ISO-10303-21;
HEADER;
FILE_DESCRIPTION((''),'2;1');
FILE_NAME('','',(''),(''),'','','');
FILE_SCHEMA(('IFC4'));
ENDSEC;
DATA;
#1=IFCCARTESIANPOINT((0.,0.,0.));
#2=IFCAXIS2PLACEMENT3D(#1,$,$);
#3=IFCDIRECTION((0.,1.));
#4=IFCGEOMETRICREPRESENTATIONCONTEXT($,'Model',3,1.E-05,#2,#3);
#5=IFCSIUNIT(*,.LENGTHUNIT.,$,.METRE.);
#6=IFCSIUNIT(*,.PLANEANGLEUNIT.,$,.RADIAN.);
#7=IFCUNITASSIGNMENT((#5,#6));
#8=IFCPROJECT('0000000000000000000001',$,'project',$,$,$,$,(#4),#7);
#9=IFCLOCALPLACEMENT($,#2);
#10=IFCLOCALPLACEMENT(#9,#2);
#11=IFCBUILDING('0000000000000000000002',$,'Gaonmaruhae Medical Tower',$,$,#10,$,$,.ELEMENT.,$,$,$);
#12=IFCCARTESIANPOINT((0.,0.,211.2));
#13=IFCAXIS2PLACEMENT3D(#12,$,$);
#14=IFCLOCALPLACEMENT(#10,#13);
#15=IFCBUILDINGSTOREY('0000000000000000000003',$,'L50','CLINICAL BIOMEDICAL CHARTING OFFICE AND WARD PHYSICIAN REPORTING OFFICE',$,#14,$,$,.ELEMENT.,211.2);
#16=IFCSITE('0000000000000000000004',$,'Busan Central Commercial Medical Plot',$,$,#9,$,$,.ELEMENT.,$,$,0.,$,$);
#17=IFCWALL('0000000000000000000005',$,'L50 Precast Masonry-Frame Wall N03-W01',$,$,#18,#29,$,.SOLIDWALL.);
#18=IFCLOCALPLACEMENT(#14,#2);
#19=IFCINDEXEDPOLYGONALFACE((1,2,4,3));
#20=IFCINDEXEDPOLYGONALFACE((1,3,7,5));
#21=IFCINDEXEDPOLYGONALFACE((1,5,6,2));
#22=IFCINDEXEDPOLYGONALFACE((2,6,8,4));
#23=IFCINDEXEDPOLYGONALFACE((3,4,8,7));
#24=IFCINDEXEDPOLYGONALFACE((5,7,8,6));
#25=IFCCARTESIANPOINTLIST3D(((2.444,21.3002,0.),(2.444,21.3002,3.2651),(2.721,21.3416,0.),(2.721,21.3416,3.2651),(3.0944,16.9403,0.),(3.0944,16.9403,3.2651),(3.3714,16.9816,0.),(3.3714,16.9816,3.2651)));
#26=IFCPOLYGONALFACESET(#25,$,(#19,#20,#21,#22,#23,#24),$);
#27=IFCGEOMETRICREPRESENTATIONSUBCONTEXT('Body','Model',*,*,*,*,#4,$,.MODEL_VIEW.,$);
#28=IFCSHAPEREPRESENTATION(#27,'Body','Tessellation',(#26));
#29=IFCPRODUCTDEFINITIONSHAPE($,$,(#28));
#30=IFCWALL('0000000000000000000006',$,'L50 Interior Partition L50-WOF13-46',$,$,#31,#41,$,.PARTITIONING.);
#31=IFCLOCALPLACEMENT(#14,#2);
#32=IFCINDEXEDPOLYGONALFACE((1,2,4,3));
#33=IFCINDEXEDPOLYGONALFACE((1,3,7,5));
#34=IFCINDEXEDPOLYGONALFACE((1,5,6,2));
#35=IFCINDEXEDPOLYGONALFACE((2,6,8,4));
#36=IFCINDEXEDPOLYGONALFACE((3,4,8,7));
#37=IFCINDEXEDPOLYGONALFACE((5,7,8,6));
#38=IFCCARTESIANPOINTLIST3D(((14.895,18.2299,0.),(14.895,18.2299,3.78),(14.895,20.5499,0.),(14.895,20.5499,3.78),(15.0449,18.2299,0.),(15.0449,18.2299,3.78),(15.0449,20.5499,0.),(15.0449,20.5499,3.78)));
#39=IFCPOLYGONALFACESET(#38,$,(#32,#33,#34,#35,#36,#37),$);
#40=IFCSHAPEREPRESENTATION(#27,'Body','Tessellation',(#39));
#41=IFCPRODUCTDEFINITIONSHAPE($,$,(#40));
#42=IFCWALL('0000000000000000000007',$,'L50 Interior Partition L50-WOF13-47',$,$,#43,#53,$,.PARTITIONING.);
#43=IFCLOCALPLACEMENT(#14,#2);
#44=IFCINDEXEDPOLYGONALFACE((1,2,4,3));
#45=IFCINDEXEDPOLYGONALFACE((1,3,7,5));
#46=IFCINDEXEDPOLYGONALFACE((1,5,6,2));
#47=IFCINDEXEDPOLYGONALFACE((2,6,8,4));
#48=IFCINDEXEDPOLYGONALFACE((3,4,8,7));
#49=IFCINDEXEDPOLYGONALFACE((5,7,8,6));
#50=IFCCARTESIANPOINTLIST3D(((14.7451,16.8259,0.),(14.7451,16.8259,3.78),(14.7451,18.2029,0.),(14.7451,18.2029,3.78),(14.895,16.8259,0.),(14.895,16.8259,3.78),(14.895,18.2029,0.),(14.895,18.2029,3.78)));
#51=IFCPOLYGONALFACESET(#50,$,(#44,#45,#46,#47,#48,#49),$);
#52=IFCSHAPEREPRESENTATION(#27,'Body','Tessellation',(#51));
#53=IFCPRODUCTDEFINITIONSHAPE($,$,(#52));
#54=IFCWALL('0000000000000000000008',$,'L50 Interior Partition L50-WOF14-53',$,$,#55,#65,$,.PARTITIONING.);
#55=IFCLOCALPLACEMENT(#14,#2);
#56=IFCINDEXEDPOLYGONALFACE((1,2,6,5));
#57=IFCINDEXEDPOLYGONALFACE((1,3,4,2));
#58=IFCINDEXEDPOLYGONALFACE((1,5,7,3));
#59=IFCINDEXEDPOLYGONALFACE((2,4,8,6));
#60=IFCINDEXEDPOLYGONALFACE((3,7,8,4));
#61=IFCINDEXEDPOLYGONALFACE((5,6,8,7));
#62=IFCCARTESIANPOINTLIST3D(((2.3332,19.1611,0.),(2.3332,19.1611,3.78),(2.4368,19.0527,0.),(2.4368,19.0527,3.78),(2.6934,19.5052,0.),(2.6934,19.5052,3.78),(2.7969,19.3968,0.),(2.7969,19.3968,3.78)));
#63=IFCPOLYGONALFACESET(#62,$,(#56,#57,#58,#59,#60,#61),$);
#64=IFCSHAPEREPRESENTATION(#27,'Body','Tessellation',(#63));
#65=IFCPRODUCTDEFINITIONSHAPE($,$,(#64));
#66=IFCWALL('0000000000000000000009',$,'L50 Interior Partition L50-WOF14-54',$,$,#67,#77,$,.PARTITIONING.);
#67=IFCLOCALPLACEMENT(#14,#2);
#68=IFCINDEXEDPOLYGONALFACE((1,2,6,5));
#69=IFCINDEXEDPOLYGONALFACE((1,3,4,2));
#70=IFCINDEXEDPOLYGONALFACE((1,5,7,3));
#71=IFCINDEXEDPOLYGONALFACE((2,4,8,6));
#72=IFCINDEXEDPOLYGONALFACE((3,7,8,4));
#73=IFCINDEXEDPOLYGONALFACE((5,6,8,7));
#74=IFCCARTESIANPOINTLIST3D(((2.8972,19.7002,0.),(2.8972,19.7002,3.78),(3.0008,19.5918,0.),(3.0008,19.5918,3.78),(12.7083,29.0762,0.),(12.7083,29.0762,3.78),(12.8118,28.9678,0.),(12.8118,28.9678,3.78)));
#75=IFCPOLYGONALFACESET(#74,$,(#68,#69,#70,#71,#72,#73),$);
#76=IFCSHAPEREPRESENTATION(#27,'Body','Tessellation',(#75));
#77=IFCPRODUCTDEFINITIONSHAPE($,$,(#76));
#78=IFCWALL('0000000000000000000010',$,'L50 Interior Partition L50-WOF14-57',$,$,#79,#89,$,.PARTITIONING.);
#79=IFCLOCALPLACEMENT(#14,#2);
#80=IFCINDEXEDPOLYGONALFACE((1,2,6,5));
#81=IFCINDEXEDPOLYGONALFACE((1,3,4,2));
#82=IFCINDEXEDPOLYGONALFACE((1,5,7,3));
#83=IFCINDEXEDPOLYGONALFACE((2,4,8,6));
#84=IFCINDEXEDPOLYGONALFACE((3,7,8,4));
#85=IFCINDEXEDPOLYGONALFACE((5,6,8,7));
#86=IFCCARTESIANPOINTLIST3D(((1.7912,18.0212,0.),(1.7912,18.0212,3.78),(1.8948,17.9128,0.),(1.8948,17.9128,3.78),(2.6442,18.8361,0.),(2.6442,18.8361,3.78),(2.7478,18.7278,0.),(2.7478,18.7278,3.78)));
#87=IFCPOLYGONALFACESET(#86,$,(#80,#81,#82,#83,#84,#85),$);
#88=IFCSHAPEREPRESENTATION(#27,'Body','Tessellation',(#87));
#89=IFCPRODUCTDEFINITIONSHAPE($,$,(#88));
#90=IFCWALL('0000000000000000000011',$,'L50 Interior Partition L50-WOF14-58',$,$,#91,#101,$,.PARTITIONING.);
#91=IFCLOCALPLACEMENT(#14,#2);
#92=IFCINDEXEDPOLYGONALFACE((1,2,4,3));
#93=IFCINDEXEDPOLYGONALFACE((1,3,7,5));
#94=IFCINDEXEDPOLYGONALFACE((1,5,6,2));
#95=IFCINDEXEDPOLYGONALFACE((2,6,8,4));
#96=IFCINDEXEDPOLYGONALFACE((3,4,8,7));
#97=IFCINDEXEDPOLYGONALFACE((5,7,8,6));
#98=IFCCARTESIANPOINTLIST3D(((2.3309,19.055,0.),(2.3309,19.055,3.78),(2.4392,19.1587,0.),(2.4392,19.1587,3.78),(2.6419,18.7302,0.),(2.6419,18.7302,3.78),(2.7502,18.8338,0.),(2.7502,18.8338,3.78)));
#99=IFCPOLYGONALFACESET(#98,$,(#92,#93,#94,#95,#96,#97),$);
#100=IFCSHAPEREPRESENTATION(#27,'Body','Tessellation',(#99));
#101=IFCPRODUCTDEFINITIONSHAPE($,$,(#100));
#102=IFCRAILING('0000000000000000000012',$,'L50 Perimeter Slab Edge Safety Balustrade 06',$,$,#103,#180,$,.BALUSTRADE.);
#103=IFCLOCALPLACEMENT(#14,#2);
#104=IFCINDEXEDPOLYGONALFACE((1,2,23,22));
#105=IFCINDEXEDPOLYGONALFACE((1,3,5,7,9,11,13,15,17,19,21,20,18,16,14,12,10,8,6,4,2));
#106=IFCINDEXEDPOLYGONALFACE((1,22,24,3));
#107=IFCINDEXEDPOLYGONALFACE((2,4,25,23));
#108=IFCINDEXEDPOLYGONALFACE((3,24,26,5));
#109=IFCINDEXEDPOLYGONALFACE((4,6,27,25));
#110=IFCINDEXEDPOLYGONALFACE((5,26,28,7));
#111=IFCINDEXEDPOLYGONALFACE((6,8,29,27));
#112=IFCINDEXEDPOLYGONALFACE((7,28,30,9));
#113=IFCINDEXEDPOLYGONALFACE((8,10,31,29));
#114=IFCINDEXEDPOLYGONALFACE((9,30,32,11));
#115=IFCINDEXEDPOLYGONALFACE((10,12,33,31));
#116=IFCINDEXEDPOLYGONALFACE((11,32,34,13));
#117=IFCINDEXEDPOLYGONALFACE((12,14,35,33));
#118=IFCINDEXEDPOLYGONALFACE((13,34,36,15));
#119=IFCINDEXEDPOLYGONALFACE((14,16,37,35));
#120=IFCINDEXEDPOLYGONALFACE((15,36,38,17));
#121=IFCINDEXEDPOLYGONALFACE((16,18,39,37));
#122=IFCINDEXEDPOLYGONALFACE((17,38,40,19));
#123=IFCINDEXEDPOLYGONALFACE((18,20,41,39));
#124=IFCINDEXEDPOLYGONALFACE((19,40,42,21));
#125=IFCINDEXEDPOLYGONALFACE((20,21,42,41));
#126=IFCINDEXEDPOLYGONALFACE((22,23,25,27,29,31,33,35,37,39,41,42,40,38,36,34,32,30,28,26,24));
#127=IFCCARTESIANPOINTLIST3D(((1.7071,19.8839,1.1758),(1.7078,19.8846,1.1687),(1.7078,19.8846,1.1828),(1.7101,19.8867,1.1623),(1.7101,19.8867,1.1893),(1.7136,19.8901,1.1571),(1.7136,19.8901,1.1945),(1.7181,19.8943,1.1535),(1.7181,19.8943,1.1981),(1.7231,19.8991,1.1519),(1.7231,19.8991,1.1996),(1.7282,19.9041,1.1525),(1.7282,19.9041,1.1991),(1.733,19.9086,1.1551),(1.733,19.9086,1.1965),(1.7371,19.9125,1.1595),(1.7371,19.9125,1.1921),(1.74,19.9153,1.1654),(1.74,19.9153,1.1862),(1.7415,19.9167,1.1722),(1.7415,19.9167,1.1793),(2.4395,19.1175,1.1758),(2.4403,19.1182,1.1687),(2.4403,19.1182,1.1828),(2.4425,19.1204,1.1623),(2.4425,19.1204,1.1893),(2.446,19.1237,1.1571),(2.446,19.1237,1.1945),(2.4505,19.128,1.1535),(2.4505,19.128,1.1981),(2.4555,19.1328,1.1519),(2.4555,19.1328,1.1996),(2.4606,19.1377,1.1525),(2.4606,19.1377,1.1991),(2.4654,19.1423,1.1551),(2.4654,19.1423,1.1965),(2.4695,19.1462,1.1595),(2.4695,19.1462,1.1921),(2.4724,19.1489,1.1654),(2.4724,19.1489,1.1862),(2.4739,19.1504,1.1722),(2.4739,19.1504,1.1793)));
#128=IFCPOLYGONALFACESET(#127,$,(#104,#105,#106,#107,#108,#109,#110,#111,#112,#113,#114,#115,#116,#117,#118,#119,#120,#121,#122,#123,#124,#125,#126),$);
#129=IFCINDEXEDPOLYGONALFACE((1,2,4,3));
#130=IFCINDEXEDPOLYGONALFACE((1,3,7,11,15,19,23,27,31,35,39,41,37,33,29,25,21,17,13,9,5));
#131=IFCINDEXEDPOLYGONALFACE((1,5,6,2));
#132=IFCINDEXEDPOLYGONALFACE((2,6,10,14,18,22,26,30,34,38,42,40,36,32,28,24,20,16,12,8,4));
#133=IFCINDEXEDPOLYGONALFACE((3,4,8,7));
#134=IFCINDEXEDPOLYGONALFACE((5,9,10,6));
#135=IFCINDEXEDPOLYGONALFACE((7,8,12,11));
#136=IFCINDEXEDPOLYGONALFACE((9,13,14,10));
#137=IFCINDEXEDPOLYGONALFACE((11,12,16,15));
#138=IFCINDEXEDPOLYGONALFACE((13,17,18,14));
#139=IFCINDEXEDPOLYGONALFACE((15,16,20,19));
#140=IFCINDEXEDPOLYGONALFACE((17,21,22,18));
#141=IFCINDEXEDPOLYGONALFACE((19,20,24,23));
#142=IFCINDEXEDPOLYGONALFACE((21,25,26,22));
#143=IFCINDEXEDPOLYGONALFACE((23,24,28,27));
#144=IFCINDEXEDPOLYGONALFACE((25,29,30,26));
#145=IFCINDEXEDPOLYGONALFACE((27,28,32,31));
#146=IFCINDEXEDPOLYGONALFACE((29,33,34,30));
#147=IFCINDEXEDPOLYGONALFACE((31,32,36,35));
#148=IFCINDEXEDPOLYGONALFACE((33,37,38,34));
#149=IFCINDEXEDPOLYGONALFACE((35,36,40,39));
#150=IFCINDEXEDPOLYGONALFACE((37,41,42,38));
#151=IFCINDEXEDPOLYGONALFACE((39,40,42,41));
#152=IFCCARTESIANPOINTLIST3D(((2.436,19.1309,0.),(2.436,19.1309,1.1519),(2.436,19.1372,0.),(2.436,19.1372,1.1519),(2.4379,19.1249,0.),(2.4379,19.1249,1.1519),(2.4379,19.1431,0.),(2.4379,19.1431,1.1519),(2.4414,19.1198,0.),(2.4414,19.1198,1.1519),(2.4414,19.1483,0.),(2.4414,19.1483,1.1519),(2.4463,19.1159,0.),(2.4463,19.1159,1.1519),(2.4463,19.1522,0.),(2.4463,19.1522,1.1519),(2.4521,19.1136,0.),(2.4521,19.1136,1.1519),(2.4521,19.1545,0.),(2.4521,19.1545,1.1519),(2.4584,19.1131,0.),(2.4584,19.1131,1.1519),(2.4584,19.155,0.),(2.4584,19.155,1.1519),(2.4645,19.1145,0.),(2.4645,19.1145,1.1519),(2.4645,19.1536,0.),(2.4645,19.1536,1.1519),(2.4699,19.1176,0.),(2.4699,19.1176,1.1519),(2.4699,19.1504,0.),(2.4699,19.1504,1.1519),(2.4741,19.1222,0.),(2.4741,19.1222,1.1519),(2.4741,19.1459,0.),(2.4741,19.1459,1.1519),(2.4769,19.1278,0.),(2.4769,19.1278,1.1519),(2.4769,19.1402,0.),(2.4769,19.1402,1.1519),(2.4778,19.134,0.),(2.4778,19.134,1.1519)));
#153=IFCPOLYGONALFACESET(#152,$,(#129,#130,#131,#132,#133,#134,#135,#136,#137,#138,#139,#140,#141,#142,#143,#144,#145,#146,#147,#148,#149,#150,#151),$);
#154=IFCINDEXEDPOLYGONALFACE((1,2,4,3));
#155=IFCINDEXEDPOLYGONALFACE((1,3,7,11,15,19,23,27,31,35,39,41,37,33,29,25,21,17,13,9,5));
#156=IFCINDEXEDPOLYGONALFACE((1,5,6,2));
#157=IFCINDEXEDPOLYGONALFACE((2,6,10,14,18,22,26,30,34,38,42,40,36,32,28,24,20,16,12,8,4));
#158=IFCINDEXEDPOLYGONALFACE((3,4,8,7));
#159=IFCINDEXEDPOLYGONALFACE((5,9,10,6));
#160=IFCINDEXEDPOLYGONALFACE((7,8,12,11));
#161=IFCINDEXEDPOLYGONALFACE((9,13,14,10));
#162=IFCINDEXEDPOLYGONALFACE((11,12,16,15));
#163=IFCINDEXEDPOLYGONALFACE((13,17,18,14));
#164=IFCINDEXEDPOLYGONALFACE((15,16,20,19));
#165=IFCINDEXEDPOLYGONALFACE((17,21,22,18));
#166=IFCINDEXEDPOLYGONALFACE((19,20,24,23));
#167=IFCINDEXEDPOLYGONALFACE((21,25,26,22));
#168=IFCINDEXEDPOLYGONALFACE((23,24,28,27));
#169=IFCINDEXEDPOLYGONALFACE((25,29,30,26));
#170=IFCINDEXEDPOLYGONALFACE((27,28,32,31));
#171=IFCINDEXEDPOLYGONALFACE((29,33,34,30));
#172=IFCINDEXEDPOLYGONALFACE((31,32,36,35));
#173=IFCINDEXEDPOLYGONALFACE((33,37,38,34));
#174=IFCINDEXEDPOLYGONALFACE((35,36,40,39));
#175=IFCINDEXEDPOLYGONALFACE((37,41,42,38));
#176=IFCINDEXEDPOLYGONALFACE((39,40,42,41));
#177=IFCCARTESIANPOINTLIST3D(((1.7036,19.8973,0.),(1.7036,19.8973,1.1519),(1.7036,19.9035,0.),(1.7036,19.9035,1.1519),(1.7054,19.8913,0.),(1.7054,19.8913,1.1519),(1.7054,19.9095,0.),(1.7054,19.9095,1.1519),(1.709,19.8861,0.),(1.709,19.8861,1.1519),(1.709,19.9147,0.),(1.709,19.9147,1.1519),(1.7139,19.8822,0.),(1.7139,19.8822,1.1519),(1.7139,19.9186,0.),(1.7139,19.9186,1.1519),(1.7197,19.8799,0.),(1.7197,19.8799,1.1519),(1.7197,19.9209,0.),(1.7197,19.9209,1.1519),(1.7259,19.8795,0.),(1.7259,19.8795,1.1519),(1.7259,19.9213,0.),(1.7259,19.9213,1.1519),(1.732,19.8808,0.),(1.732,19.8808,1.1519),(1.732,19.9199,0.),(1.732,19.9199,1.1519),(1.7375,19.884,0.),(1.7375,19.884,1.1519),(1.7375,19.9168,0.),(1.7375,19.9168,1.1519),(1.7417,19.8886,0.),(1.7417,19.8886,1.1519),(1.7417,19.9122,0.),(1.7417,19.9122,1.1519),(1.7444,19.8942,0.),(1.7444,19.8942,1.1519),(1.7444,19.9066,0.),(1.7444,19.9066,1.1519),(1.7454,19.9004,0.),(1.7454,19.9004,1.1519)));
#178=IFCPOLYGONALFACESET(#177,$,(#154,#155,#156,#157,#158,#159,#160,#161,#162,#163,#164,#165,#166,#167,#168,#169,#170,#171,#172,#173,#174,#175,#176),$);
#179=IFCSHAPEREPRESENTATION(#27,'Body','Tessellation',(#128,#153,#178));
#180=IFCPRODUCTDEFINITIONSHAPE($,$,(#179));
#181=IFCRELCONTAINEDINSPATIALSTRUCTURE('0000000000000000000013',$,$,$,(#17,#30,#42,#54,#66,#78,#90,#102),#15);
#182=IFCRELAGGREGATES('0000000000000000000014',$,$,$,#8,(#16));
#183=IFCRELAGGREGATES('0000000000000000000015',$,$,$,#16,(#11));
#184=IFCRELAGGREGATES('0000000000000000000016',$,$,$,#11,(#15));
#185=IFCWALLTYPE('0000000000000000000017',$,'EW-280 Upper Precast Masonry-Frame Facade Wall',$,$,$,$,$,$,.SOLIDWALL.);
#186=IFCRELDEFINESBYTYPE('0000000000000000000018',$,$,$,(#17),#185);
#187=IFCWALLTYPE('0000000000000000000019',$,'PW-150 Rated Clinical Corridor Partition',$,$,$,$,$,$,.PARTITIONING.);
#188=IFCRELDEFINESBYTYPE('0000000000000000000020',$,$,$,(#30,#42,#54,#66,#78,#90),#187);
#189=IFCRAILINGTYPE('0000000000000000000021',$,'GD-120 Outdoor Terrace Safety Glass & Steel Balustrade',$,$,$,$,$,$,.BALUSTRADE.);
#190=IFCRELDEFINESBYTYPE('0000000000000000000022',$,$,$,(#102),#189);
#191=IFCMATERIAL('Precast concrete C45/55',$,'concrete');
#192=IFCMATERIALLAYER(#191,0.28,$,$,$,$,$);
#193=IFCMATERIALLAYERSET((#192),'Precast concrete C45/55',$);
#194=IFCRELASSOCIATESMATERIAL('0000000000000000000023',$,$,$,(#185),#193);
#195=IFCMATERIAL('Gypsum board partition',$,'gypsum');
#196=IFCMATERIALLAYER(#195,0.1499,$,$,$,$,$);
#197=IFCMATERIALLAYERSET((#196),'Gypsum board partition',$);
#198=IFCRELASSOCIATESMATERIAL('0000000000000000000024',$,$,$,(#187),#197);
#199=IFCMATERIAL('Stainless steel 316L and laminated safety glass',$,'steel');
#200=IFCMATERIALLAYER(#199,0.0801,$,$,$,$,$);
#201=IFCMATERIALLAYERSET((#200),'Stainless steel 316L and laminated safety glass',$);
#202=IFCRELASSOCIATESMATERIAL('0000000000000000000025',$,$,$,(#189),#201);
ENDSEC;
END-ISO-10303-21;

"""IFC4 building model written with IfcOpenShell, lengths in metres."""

from ifc_helpers import new_model, si_unit, direction, frame, frame_2d, origin, origin_2d, place, context, subcontext, project, spatial, rectangle, circle, extrude, material, layer, layer_set, type_object, element, save


model = new_model("IFC4")

# Units and contexts
model_context = context("Model", 3, precision=1e-05, world=origin(), true_north=direction((0.0, 1.0)))
body_context = subcontext(model_context, "Body", "Model", "MODEL_VIEW")
ifc_project = project(units=[si_unit("LENGTHUNIT", "METRE"), si_unit("PLANEANGLEUNIT", "RADIAN")], contexts=[model_context])

# Site, building, storey
site_placement = place(None, origin())
site = spatial("IfcSite", under=ifc_project, at=site_placement, Name="Busan Central Commercial Medical Plot", CompositionType="ELEMENT", RefElevation=0.0)
building_placement = place(site_placement, origin())
building = spatial("IfcBuilding", under=site, at=building_placement, Name="Gaonmaruhae Medical Tower", CompositionType="ELEMENT")
storey_placement = place(building_placement, frame((0.0, 0.0, 211.2)))
storey = spatial("IfcBuildingStorey", under=building, at=storey_placement, Name="L50", Description="CLINICAL BIOMEDICAL CHARTING OFFICE AND WARD PHYSICIAN REPORTING OFFICE", CompositionType="ELEMENT", Elevation=211.2)

# Walls
ifc_material_1 = material(Name="Precast concrete C45/55", Category="concrete")
ifc_layer_1 = layer(ifc_material_1, 0.28)
ifc_layer_set_1 = layer_set([ifc_layer_1], Name="Precast concrete C45/55")
wall_type_1 = type_object("IfcWallType", Name="EW-280 Upper Precast Masonry-Frame Facade Wall", PredefinedType="SOLIDWALL", material=ifc_layer_set_1)
wall_1_placement = place(storey_placement, frame((3.2329, 16.9609, 0.0), z_axis=(0.0, 0.0, 1.0), x_axis=(-0.147544, 0.989055, 0.0)))
element("IfcWall", 1, at=wall_1_placement, inside=storey, type_object=wall_type_1, Name="L50 Precast Masonry-Frame Wall N03-W01", PredefinedType="SOLIDWALL", context=body_context, shape_type="SweptSolid", body=[
    extrude(rectangle(XDim=4.4082, YDim=0.28, at=frame_2d((2.2041, 0.0))), origin(), (0.0, 0.0, 1.0), 3.2651),
])
ifc_material_2 = material(Name="Gypsum board partition", Category="gypsum")
ifc_layer_2 = layer(ifc_material_2, 0.1499)
ifc_layer_set_2 = layer_set([ifc_layer_2], Name="Gypsum board partition")
wall_type_2 = type_object("IfcWallType", Name="PW-150 Rated Clinical Corridor Partition", PredefinedType="PARTITIONING", material=ifc_layer_set_2)
wall_2_placement = place(storey_placement, frame((14.97, 20.55, 0.0), z_axis=(0.0, 0.0, 1.0), x_axis=(0.0, -1.0, 0.0)))
element("IfcWall", 2, at=wall_2_placement, inside=storey, type_object=wall_type_2, Name="L50 Interior Partition L50-WOF13-46", PredefinedType="PARTITIONING", context=body_context, shape_type="SweptSolid", body=[
    extrude(rectangle(XDim=2.3201, YDim=0.1499, at=frame_2d((1.1602, 0.0))), origin(), (0.0, 0.0, 1.0), 3.78),
])
wall_3_placement = place(storey_placement, frame((14.8201, 18.2029, 0.0), z_axis=(0.0, 0.0, 1.0), x_axis=(0.0, -1.0, 0.0)))
element("IfcWall", 3, at=wall_3_placement, inside=storey, type_object=wall_type_2, Name="L50 Interior Partition L50-WOF13-47", PredefinedType="PARTITIONING", context=body_context, shape_type="SweptSolid", body=[
    extrude(rectangle(XDim=1.377, YDim=0.1499, at=frame_2d((0.6885, 0.0))), origin(), (0.0, 0.0, 1.0), 3.78),
])
wall_4_placement = place(storey_placement, frame((2.385, 19.1069, 0.0), z_axis=(0.0, 0.0, 1.0), x_axis=(0.7231, 0.690744, 0.0)))
element("IfcWall", 4, at=wall_4_placement, inside=storey, type_object=wall_type_2, Name="L50 Interior Partition L50-WOF14-53", PredefinedType="PARTITIONING", context=body_context, shape_type="SweptSolid", body=[
    extrude(rectangle(XDim=0.498, YDim=0.1499, at=frame_2d((0.249, 0.0))), origin(), (0.0, 0.0, 1.0), 3.78),
])
wall_5_placement = place(storey_placement, frame((2.949, 19.646, 0.0), z_axis=(0.0, 0.0, 1.0), x_axis=(0.722954, 0.690896, 0.0)))
element("IfcWall", 5, at=wall_5_placement, inside=storey, type_object=wall_type_2, Name="L50 Interior Partition L50-WOF14-54", PredefinedType="PARTITIONING", context=body_context, shape_type="SweptSolid", body=[
    extrude(rectangle(XDim=13.5708, YDim=0.1499, at=frame_2d((6.7854, 0.0))), origin(), (0.0, 0.0, 1.0), 3.78),
])
wall_6_placement = place(storey_placement, frame((1.843, 17.967, 0.0), z_axis=(0.0, 0.0, 1.0), x_axis=(0.723064, 0.690781, 0.0)))
element("IfcWall", 6, at=wall_6_placement, inside=storey, type_object=wall_type_2, Name="L50 Interior Partition L50-WOF14-57", PredefinedType="PARTITIONING", context=body_context, shape_type="SweptSolid", body=[
    extrude(rectangle(XDim=1.1797, YDim=0.1499, at=frame_2d((0.5898, 0.0))), origin(), (0.0, 0.0, 1.0), 3.78),
])
wall_7_placement = place(storey_placement, frame((2.696, 18.782, 0.0), z_axis=(0.0, 0.0, 1.0), x_axis=(-0.691469, 0.722406, 0.0)))
element("IfcWall", 7, at=wall_7_placement, inside=storey, type_object=wall_type_2, Name="L50 Interior Partition L50-WOF14-58", PredefinedType="PARTITIONING", context=body_context, shape_type="SweptSolid", body=[
    extrude(rectangle(XDim=0.4497, YDim=0.1499, at=frame_2d((0.2249, 0.0))), origin(), (0.0, 0.0, 1.0), 3.78),
])

# Railing
ifc_material_3 = material(Name="Stainless steel 316L and laminated safety glass", Category="steel")
ifc_layer_3 = layer(ifc_material_3, 0.0801)
ifc_layer_set_3 = layer_set([ifc_layer_3], Name="Stainless steel 316L and laminated safety glass")
railing_type = type_object("IfcRailingType", Name="GD-120 Outdoor Terrace Safety Glass & Steel Balustrade", PredefinedType="BALUSTRADE", material=ifc_layer_set_3)
railing_1_placement = place(storey_placement, frame((2.4568, 19.134, 0.0)))
element("IfcRailing", 8, at=railing_1_placement, inside=storey, type_object=railing_type, Name="L50 Perimeter Slab Edge Safety Balustrade 06", PredefinedType="BALUSTRADE", context=body_context, shape_type="SweptSolid", body=[
    extrude(circle(Radius=0.0239, at=origin_2d()), frame((0.0, 0.0, 1.1758), z_axis=(-0.690919, 0.722932, 0.0), x_axis=(-0.722932, -0.690919, 0.0)), (0.0, 0.0, 1.0), 1.0601),
    extrude(circle(Radius=0.021, at=origin_2d()), origin(), (0.0, 0.0, 1.0), 1.1519),
    extrude(circle(Radius=0.021, at=origin_2d()), frame((-0.7324, 0.7664, 0.0)), (0.0, 0.0, 1.0), 1.1519),
])

save(model, "model.ifc")
